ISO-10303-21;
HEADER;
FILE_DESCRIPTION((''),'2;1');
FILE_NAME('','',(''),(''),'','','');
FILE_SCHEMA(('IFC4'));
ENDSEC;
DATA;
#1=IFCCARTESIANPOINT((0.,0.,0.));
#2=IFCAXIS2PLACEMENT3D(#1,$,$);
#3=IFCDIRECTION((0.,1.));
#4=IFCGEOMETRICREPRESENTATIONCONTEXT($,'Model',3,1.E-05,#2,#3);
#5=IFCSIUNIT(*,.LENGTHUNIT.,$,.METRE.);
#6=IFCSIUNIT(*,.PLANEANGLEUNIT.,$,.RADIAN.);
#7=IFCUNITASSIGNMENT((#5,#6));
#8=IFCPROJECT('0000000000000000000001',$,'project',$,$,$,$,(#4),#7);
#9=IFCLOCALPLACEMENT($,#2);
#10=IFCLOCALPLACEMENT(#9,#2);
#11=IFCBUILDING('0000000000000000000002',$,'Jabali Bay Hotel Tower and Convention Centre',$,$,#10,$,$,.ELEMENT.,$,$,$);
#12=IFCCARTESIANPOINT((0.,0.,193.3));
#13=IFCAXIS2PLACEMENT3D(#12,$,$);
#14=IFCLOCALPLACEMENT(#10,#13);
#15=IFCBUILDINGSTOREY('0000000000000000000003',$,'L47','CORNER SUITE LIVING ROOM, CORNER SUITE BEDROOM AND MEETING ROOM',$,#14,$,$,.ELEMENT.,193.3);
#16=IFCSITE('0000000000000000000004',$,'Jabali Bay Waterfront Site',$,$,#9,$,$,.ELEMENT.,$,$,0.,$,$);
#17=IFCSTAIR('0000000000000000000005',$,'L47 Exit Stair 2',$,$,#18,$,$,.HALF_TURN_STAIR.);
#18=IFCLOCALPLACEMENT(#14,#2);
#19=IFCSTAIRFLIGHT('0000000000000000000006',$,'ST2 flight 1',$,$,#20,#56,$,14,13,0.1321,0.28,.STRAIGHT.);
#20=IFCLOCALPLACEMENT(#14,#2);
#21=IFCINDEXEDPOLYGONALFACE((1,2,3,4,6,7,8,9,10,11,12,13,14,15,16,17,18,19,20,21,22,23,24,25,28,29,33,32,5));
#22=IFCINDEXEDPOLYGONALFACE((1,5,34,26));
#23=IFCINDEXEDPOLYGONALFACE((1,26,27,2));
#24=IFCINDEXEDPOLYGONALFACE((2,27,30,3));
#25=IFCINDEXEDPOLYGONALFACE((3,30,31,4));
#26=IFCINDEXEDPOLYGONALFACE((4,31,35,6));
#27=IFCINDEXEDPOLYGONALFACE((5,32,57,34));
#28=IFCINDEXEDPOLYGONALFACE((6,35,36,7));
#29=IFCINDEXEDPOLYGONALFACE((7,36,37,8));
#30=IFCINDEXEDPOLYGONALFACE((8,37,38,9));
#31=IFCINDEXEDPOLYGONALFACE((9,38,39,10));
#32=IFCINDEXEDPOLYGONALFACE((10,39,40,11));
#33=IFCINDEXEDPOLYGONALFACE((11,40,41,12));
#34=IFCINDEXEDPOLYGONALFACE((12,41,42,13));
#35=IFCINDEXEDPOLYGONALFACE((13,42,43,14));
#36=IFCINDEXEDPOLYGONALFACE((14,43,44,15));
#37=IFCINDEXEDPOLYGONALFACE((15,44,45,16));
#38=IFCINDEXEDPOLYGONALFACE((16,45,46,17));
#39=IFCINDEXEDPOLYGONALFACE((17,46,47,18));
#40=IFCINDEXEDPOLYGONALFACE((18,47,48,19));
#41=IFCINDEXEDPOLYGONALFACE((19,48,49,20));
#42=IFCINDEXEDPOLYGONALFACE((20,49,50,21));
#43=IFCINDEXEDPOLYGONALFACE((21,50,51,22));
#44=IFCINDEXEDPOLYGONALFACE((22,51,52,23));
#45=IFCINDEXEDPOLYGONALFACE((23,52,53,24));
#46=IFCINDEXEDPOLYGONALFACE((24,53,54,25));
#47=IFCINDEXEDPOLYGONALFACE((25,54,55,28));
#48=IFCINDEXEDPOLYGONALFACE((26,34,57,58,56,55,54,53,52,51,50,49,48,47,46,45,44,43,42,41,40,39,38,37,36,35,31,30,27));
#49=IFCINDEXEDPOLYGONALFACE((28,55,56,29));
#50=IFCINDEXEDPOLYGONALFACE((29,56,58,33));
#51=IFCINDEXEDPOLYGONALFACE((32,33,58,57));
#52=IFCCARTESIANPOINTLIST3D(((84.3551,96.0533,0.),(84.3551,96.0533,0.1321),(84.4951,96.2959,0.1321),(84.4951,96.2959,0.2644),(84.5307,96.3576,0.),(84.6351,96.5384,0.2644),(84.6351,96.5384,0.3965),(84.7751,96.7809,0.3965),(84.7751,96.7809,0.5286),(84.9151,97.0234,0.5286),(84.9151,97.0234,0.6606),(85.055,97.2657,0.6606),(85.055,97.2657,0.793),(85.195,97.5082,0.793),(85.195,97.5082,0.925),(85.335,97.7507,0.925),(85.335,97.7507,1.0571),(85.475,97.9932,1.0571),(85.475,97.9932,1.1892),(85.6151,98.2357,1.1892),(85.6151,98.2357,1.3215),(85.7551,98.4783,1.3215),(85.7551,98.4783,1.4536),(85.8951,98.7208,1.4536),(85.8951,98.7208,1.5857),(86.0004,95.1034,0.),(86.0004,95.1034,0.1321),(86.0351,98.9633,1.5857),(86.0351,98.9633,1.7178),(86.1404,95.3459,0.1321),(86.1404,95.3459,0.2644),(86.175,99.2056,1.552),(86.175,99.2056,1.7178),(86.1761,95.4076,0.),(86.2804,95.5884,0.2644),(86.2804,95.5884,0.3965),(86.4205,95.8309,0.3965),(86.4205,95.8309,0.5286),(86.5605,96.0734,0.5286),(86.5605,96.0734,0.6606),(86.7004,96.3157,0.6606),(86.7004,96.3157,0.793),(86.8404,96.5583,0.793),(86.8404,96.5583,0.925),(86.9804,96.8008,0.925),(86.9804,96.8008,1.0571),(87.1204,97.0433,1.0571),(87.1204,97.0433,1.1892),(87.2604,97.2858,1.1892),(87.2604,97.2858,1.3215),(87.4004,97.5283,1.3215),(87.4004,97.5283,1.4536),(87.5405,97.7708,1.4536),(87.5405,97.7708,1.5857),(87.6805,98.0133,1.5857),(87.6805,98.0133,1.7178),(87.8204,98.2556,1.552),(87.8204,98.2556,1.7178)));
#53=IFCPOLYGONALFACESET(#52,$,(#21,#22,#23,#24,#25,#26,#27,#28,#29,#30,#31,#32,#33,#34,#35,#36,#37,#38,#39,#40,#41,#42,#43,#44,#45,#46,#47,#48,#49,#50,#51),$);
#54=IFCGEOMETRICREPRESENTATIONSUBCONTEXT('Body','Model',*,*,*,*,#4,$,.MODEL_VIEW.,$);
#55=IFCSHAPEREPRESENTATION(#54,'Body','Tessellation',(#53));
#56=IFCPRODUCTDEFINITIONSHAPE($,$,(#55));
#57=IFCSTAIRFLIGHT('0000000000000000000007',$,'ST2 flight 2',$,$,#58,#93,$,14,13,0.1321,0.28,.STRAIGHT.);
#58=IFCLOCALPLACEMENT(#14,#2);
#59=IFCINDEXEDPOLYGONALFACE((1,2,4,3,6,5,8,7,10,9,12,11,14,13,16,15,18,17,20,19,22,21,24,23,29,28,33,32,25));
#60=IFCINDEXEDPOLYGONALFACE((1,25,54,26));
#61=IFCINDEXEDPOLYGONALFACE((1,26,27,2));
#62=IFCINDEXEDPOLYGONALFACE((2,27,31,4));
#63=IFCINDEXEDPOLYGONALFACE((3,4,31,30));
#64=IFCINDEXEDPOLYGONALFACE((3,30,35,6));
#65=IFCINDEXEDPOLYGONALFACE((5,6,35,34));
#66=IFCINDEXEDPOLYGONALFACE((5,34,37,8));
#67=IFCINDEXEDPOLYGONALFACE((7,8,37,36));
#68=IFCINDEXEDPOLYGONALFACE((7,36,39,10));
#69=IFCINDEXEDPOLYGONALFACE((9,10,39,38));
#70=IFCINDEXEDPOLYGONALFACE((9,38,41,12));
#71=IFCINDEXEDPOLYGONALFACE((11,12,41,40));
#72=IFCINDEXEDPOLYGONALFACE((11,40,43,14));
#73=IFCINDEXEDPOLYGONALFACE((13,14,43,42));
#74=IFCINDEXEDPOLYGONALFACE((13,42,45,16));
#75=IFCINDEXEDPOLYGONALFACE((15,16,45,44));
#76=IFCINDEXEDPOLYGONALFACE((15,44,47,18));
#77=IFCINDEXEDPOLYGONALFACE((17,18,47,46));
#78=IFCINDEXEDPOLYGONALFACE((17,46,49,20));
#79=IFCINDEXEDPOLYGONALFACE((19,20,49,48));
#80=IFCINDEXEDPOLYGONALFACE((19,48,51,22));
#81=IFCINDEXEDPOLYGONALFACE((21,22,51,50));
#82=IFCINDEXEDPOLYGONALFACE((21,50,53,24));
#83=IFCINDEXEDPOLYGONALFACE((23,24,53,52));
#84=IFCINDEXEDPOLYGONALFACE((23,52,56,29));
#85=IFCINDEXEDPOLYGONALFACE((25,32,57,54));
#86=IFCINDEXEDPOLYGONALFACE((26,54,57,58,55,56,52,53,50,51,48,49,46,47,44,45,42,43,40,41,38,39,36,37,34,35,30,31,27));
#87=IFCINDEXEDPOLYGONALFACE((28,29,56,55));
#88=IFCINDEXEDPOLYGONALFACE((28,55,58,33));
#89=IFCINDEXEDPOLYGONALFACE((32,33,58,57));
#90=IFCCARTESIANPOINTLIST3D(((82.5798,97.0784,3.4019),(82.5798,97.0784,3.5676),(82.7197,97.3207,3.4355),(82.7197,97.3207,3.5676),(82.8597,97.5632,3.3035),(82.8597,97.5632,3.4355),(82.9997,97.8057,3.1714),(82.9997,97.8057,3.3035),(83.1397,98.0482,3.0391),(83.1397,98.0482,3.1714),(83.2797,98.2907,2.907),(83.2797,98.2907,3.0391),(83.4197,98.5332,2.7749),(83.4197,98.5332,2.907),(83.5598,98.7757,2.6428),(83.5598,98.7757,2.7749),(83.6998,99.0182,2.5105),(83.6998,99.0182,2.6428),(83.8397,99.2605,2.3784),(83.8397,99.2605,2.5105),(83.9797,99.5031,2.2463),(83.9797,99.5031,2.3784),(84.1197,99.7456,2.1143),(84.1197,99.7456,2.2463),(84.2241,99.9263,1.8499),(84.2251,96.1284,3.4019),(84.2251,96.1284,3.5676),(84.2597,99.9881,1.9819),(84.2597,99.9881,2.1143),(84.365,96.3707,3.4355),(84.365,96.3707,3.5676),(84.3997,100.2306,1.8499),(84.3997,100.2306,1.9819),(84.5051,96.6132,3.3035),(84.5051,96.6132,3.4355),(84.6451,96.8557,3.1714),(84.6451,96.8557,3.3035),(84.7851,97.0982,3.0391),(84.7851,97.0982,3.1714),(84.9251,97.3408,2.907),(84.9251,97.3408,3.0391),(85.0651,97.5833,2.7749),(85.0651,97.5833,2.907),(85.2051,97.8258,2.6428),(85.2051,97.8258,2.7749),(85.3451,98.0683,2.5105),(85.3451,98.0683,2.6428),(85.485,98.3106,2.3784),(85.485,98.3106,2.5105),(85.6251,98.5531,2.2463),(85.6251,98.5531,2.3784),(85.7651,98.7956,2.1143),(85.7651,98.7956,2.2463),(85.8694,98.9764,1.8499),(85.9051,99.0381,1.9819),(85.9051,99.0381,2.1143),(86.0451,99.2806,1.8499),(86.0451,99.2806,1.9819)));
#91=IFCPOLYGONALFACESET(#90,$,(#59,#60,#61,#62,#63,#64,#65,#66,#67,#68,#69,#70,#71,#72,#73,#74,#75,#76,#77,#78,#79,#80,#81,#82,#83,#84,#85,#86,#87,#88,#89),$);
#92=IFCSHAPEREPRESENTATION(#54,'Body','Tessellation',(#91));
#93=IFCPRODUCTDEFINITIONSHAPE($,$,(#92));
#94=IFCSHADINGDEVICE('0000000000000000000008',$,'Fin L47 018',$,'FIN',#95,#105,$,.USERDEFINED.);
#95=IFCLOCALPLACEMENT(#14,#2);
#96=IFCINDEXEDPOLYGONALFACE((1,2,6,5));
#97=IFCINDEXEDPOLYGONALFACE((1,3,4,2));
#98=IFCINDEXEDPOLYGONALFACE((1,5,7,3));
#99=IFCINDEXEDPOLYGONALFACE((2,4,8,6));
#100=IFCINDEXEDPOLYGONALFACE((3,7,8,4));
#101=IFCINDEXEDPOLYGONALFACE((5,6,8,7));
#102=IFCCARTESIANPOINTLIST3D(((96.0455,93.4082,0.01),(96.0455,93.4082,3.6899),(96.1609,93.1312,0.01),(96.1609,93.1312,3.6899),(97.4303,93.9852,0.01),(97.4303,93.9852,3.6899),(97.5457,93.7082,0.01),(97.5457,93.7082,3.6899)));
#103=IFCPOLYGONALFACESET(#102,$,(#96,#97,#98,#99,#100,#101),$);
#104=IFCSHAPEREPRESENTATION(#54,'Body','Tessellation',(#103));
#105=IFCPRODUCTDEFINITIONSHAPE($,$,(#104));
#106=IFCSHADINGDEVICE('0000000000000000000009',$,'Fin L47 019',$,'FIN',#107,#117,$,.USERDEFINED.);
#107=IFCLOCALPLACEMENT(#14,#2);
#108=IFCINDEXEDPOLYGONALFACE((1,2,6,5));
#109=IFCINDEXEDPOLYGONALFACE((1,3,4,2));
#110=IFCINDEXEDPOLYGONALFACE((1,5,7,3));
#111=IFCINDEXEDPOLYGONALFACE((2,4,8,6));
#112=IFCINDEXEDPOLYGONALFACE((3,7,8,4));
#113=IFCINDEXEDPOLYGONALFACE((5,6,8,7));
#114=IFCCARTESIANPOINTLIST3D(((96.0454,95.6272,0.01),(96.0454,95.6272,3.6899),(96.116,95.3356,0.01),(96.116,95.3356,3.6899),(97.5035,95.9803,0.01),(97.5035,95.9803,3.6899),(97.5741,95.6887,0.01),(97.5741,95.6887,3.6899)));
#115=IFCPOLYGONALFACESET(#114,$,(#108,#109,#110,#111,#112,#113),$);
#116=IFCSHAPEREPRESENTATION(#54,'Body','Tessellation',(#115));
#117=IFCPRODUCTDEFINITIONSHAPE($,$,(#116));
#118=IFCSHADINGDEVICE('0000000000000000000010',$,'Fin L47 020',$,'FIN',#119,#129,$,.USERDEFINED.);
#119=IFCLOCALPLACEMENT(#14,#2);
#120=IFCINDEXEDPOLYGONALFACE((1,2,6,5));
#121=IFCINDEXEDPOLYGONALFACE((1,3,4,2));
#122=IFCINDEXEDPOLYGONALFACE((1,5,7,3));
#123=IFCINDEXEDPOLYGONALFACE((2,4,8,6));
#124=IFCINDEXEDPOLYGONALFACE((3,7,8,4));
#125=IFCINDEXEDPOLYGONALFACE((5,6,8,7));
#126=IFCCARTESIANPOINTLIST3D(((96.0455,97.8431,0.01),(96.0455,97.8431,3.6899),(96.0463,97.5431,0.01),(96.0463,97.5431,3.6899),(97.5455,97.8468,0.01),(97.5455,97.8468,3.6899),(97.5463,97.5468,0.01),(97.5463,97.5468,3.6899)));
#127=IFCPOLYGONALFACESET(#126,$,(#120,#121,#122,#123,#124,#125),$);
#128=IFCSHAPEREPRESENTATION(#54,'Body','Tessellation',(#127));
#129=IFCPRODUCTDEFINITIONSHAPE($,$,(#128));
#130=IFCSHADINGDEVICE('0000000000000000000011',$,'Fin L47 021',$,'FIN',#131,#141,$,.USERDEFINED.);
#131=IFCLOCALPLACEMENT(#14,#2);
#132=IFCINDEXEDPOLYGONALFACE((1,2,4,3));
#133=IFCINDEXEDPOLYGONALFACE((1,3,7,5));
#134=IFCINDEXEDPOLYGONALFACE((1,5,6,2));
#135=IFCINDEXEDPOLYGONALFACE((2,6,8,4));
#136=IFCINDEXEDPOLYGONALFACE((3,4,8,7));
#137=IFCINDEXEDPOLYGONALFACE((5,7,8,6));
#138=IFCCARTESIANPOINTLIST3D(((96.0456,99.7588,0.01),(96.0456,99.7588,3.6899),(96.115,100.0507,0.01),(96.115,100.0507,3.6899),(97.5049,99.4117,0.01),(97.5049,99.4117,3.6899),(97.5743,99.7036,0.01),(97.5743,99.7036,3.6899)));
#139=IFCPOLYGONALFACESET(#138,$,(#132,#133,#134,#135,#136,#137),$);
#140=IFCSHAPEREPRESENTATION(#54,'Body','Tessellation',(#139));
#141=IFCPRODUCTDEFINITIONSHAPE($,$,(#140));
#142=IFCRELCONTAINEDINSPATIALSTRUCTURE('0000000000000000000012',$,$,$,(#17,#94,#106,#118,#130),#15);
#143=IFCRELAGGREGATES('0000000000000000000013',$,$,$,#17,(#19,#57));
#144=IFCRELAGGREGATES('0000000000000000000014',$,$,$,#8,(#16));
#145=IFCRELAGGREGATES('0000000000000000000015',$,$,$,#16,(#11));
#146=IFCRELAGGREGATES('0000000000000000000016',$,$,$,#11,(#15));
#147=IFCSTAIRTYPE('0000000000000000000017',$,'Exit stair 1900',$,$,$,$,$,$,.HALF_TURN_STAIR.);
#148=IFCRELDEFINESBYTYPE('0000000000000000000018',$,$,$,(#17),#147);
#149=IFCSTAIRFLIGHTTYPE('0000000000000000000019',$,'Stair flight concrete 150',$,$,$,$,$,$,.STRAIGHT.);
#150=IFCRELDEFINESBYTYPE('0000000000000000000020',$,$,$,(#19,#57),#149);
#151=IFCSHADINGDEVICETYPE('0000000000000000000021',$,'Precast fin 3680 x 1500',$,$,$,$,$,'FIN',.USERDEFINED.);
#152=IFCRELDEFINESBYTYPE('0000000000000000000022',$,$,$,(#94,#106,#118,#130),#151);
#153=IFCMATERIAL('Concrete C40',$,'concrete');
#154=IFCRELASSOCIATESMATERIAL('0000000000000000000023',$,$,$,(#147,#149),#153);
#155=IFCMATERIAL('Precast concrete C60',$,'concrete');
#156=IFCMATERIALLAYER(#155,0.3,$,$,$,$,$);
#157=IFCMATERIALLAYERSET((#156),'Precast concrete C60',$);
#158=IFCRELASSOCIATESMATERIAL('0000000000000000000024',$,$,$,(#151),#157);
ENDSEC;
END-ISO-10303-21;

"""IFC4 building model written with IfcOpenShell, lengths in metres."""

from ifc_helpers import new_model, si_unit, direction, frame, frame_2d, origin, place, context, subcontext, project, spatial, polyline, rectangle, outline, extrude, material, layer, layer_set, type_object, element, aggregate, save


model = new_model("IFC4")

# Units and contexts
model_context = context("Model", 3, precision=1e-05, world=origin(), true_north=direction((0.0, 1.0)))
body_context = subcontext(model_context, "Body", "Model", "MODEL_VIEW")
ifc_project = project(units=[si_unit("LENGTHUNIT", "METRE"), si_unit("PLANEANGLEUNIT", "RADIAN")], contexts=[model_context])

# Site, building, storey
site_placement = place(None, origin())
site = spatial("IfcSite", under=ifc_project, at=site_placement, Name="Jabali Bay Waterfront Site", CompositionType="ELEMENT", RefElevation=0.0)
building_placement = place(site_placement, origin())
building = spatial("IfcBuilding", under=site, at=building_placement, Name="Jabali Bay Hotel Tower and Convention Centre", CompositionType="ELEMENT")
storey_placement = place(building_placement, frame((0.0, 0.0, 193.3)))
storey = spatial("IfcBuildingStorey", under=building, at=storey_placement, Name="L47", Description="CORNER SUITE LIVING ROOM, CORNER SUITE BEDROOM AND MEETING ROOM", CompositionType="ELEMENT", Elevation=193.3)

# Shared definitions
ifc_material_1 = material(Name="Concrete C40", Category="concrete")

# Stair, stair flights
stair_type = type_object("IfcStairType", Name="Exit stair 1900", PredefinedType="HALF_TURN_STAIR", material=ifc_material_1)
stair_placement = place(storey_placement, origin())
stair = element("IfcStair", 1, at=stair_placement, inside=storey, type_object=stair_type, Name="L47 Exit Stair 2", PredefinedType="HALF_TURN_STAIR")
stair_flight_type = type_object("IfcStairFlightType", Name="Stair flight concrete 150", PredefinedType="STRAIGHT", material=ifc_material_1)
stair_flight_1_placement = place(storey_placement, frame((85.1777, 95.5784, 0.0), z_axis=(0.0, 0.0, 1.0), x_axis=(0.5, 0.866025, 0.0)))
stair_flight_1 = element("IfcStairFlight", 2, at=stair_flight_1_placement, type_object=stair_flight_type, Name="ST2 flight 1", NumberOfRisers=14, NumberOfTreads=13, PredefinedType="STRAIGHT", RiserHeight=0.1321, TreadLength=0.28, context=body_context, shape_type="SweptSolid", body=[
    extrude(outline(polyline([(0.0, 0.0), (0.0, 0.1321), (0.28, 0.1321), (0.28, 0.2644), (0.5601, 0.2644), (0.5601, 0.3965), (0.8401, 0.3965), (0.8401, 0.5286), (1.1201, 0.5286), (1.1201, 0.6606), (1.3999, 0.6606), (1.3999, 0.793), (1.6799, 0.793), (1.6799, 0.925), (1.96, 0.925), (1.96, 1.0571), (2.24, 1.0571), (2.24, 1.1892), (2.52, 1.1892), (2.52, 1.3215), (2.8, 1.3215), (2.8, 1.4536), (3.0801, 1.4536), (3.0801, 1.5857), (3.3601, 1.5857), (3.3601, 1.7178), (3.6399, 1.7178), (3.6399, 1.8501), (3.6399, 1.552), (0.3513, 0.0), (0.0, 0.0)])), frame((0.0, 0.95, 0.0), z_axis=(0.0, -1.0, 0.0), x_axis=(1.0, 0.0, 0.0)), (0.0, 0.0, 1.0), 1.8999),
])
stair_flight_2_placement = place(storey_placement, frame((85.2224, 99.7556, 1.8499), z_axis=(0.0, 0.0, 1.0), x_axis=(-0.5, -0.866025, 0.0)))
stair_flight_2 = element("IfcStairFlight", 3, at=stair_flight_2_placement, type_object=stair_flight_type, Name="ST2 flight 2", NumberOfRisers=14, NumberOfTreads=13, PredefinedType="STRAIGHT", RiserHeight=0.1321, TreadLength=0.28, context=body_context, shape_type="SweptSolid", body=[
    extrude(outline(polyline([(0.0, 0.0), (0.0, 0.1321), (0.28, 0.1321), (0.28, 0.2644), (0.5601, 0.2644), (0.5601, 0.3965), (0.8401, 0.3965), (0.8401, 0.5286), (1.1201, 0.5286), (1.1201, 0.6606), (1.3999, 0.6606), (1.3999, 0.793), (1.6799, 0.793), (1.6799, 0.925), (1.96, 0.925), (1.96, 1.0571), (2.24, 1.0571), (2.24, 1.1892), (2.52, 1.1892), (2.52, 1.3215), (2.8, 1.3215), (2.8, 1.4536), (3.0801, 1.4536), (3.0801, 1.5857), (3.3601, 1.5857), (3.3601, 1.7178), (3.6399, 1.7178), (3.6399, 1.8501), (3.6399, 1.552), (0.3513, 0.0), (0.0, 0.0)])), frame((0.0, 0.95, 0.0), z_axis=(0.0, -1.0, 0.0), x_axis=(1.0, 0.0, 0.0)), (0.0, 0.0, 1.0), 1.8999),
])
aggregate(stair, [stair_flight_1, stair_flight_2])

# Shading devices
ifc_material_2 = material(Name="Precast concrete C60", Category="concrete")
ifc_layer_1 = layer(ifc_material_2, 0.3)
ifc_layer_set_1 = layer_set([ifc_layer_1], Name="Precast concrete C60")
shading_device_type = type_object("IfcShadingDeviceType", Name="Precast fin 3680 x 1500", ElementType="FIN", PredefinedType="USERDEFINED", material=ifc_layer_set_1)
for number, where, z_axis, x_axis, name in (
    (4, (96.1033, 93.2698, 0.01), (0.0, 0.0, 1.0), (0.923096, 0.384569, 0.0), "Fin L47 018"),
    (5, (96.0808, 95.4814, 0.01), (0.0, 0.0, 1.0), (0.971916, 0.23533, 0.0), "Fin L47 019"),
):
    element("IfcShadingDevice", number, at=place(storey_placement, frame(where, z_axis=z_axis, x_axis=x_axis)), inside=storey, type_object=shading_device_type, Name=name, ObjectType="FIN", PredefinedType="USERDEFINED", context=body_context, shape_type="SweptSolid", body=[
        extrude(rectangle(XDim=1.5002, YDim=0.3, at=frame_2d((0.75, 0.0))), origin(), (0.0, 0.0, 1.0), 3.6799),
    ])
for number, where, z_axis, x_axis, name in (
    (6, (96.0459, 97.6931, 0.01), (0.0, 0.0, 1.0), (0.999997, 0.002441, 0.0), "Fin L47 020"),
    (7, (96.0803, 99.9048, 0.01), (0.0, 0.0, 1.0), (0.972846, -0.231452, 0.0), "Fin L47 021"),
):
    element("IfcShadingDevice", number, at=place(storey_placement, frame(where, z_axis=z_axis, x_axis=x_axis)), inside=storey, type_object=shading_device_type, Name=name, ObjectType="FIN", PredefinedType="USERDEFINED", context=body_context, shape_type="SweptSolid", body=[
        extrude(rectangle(XDim=1.5, YDim=0.3, at=frame_2d((0.75, 0.0))), origin(), (0.0, 0.0, 1.0), 3.6799),
    ])

save(model, "model.ifc")
